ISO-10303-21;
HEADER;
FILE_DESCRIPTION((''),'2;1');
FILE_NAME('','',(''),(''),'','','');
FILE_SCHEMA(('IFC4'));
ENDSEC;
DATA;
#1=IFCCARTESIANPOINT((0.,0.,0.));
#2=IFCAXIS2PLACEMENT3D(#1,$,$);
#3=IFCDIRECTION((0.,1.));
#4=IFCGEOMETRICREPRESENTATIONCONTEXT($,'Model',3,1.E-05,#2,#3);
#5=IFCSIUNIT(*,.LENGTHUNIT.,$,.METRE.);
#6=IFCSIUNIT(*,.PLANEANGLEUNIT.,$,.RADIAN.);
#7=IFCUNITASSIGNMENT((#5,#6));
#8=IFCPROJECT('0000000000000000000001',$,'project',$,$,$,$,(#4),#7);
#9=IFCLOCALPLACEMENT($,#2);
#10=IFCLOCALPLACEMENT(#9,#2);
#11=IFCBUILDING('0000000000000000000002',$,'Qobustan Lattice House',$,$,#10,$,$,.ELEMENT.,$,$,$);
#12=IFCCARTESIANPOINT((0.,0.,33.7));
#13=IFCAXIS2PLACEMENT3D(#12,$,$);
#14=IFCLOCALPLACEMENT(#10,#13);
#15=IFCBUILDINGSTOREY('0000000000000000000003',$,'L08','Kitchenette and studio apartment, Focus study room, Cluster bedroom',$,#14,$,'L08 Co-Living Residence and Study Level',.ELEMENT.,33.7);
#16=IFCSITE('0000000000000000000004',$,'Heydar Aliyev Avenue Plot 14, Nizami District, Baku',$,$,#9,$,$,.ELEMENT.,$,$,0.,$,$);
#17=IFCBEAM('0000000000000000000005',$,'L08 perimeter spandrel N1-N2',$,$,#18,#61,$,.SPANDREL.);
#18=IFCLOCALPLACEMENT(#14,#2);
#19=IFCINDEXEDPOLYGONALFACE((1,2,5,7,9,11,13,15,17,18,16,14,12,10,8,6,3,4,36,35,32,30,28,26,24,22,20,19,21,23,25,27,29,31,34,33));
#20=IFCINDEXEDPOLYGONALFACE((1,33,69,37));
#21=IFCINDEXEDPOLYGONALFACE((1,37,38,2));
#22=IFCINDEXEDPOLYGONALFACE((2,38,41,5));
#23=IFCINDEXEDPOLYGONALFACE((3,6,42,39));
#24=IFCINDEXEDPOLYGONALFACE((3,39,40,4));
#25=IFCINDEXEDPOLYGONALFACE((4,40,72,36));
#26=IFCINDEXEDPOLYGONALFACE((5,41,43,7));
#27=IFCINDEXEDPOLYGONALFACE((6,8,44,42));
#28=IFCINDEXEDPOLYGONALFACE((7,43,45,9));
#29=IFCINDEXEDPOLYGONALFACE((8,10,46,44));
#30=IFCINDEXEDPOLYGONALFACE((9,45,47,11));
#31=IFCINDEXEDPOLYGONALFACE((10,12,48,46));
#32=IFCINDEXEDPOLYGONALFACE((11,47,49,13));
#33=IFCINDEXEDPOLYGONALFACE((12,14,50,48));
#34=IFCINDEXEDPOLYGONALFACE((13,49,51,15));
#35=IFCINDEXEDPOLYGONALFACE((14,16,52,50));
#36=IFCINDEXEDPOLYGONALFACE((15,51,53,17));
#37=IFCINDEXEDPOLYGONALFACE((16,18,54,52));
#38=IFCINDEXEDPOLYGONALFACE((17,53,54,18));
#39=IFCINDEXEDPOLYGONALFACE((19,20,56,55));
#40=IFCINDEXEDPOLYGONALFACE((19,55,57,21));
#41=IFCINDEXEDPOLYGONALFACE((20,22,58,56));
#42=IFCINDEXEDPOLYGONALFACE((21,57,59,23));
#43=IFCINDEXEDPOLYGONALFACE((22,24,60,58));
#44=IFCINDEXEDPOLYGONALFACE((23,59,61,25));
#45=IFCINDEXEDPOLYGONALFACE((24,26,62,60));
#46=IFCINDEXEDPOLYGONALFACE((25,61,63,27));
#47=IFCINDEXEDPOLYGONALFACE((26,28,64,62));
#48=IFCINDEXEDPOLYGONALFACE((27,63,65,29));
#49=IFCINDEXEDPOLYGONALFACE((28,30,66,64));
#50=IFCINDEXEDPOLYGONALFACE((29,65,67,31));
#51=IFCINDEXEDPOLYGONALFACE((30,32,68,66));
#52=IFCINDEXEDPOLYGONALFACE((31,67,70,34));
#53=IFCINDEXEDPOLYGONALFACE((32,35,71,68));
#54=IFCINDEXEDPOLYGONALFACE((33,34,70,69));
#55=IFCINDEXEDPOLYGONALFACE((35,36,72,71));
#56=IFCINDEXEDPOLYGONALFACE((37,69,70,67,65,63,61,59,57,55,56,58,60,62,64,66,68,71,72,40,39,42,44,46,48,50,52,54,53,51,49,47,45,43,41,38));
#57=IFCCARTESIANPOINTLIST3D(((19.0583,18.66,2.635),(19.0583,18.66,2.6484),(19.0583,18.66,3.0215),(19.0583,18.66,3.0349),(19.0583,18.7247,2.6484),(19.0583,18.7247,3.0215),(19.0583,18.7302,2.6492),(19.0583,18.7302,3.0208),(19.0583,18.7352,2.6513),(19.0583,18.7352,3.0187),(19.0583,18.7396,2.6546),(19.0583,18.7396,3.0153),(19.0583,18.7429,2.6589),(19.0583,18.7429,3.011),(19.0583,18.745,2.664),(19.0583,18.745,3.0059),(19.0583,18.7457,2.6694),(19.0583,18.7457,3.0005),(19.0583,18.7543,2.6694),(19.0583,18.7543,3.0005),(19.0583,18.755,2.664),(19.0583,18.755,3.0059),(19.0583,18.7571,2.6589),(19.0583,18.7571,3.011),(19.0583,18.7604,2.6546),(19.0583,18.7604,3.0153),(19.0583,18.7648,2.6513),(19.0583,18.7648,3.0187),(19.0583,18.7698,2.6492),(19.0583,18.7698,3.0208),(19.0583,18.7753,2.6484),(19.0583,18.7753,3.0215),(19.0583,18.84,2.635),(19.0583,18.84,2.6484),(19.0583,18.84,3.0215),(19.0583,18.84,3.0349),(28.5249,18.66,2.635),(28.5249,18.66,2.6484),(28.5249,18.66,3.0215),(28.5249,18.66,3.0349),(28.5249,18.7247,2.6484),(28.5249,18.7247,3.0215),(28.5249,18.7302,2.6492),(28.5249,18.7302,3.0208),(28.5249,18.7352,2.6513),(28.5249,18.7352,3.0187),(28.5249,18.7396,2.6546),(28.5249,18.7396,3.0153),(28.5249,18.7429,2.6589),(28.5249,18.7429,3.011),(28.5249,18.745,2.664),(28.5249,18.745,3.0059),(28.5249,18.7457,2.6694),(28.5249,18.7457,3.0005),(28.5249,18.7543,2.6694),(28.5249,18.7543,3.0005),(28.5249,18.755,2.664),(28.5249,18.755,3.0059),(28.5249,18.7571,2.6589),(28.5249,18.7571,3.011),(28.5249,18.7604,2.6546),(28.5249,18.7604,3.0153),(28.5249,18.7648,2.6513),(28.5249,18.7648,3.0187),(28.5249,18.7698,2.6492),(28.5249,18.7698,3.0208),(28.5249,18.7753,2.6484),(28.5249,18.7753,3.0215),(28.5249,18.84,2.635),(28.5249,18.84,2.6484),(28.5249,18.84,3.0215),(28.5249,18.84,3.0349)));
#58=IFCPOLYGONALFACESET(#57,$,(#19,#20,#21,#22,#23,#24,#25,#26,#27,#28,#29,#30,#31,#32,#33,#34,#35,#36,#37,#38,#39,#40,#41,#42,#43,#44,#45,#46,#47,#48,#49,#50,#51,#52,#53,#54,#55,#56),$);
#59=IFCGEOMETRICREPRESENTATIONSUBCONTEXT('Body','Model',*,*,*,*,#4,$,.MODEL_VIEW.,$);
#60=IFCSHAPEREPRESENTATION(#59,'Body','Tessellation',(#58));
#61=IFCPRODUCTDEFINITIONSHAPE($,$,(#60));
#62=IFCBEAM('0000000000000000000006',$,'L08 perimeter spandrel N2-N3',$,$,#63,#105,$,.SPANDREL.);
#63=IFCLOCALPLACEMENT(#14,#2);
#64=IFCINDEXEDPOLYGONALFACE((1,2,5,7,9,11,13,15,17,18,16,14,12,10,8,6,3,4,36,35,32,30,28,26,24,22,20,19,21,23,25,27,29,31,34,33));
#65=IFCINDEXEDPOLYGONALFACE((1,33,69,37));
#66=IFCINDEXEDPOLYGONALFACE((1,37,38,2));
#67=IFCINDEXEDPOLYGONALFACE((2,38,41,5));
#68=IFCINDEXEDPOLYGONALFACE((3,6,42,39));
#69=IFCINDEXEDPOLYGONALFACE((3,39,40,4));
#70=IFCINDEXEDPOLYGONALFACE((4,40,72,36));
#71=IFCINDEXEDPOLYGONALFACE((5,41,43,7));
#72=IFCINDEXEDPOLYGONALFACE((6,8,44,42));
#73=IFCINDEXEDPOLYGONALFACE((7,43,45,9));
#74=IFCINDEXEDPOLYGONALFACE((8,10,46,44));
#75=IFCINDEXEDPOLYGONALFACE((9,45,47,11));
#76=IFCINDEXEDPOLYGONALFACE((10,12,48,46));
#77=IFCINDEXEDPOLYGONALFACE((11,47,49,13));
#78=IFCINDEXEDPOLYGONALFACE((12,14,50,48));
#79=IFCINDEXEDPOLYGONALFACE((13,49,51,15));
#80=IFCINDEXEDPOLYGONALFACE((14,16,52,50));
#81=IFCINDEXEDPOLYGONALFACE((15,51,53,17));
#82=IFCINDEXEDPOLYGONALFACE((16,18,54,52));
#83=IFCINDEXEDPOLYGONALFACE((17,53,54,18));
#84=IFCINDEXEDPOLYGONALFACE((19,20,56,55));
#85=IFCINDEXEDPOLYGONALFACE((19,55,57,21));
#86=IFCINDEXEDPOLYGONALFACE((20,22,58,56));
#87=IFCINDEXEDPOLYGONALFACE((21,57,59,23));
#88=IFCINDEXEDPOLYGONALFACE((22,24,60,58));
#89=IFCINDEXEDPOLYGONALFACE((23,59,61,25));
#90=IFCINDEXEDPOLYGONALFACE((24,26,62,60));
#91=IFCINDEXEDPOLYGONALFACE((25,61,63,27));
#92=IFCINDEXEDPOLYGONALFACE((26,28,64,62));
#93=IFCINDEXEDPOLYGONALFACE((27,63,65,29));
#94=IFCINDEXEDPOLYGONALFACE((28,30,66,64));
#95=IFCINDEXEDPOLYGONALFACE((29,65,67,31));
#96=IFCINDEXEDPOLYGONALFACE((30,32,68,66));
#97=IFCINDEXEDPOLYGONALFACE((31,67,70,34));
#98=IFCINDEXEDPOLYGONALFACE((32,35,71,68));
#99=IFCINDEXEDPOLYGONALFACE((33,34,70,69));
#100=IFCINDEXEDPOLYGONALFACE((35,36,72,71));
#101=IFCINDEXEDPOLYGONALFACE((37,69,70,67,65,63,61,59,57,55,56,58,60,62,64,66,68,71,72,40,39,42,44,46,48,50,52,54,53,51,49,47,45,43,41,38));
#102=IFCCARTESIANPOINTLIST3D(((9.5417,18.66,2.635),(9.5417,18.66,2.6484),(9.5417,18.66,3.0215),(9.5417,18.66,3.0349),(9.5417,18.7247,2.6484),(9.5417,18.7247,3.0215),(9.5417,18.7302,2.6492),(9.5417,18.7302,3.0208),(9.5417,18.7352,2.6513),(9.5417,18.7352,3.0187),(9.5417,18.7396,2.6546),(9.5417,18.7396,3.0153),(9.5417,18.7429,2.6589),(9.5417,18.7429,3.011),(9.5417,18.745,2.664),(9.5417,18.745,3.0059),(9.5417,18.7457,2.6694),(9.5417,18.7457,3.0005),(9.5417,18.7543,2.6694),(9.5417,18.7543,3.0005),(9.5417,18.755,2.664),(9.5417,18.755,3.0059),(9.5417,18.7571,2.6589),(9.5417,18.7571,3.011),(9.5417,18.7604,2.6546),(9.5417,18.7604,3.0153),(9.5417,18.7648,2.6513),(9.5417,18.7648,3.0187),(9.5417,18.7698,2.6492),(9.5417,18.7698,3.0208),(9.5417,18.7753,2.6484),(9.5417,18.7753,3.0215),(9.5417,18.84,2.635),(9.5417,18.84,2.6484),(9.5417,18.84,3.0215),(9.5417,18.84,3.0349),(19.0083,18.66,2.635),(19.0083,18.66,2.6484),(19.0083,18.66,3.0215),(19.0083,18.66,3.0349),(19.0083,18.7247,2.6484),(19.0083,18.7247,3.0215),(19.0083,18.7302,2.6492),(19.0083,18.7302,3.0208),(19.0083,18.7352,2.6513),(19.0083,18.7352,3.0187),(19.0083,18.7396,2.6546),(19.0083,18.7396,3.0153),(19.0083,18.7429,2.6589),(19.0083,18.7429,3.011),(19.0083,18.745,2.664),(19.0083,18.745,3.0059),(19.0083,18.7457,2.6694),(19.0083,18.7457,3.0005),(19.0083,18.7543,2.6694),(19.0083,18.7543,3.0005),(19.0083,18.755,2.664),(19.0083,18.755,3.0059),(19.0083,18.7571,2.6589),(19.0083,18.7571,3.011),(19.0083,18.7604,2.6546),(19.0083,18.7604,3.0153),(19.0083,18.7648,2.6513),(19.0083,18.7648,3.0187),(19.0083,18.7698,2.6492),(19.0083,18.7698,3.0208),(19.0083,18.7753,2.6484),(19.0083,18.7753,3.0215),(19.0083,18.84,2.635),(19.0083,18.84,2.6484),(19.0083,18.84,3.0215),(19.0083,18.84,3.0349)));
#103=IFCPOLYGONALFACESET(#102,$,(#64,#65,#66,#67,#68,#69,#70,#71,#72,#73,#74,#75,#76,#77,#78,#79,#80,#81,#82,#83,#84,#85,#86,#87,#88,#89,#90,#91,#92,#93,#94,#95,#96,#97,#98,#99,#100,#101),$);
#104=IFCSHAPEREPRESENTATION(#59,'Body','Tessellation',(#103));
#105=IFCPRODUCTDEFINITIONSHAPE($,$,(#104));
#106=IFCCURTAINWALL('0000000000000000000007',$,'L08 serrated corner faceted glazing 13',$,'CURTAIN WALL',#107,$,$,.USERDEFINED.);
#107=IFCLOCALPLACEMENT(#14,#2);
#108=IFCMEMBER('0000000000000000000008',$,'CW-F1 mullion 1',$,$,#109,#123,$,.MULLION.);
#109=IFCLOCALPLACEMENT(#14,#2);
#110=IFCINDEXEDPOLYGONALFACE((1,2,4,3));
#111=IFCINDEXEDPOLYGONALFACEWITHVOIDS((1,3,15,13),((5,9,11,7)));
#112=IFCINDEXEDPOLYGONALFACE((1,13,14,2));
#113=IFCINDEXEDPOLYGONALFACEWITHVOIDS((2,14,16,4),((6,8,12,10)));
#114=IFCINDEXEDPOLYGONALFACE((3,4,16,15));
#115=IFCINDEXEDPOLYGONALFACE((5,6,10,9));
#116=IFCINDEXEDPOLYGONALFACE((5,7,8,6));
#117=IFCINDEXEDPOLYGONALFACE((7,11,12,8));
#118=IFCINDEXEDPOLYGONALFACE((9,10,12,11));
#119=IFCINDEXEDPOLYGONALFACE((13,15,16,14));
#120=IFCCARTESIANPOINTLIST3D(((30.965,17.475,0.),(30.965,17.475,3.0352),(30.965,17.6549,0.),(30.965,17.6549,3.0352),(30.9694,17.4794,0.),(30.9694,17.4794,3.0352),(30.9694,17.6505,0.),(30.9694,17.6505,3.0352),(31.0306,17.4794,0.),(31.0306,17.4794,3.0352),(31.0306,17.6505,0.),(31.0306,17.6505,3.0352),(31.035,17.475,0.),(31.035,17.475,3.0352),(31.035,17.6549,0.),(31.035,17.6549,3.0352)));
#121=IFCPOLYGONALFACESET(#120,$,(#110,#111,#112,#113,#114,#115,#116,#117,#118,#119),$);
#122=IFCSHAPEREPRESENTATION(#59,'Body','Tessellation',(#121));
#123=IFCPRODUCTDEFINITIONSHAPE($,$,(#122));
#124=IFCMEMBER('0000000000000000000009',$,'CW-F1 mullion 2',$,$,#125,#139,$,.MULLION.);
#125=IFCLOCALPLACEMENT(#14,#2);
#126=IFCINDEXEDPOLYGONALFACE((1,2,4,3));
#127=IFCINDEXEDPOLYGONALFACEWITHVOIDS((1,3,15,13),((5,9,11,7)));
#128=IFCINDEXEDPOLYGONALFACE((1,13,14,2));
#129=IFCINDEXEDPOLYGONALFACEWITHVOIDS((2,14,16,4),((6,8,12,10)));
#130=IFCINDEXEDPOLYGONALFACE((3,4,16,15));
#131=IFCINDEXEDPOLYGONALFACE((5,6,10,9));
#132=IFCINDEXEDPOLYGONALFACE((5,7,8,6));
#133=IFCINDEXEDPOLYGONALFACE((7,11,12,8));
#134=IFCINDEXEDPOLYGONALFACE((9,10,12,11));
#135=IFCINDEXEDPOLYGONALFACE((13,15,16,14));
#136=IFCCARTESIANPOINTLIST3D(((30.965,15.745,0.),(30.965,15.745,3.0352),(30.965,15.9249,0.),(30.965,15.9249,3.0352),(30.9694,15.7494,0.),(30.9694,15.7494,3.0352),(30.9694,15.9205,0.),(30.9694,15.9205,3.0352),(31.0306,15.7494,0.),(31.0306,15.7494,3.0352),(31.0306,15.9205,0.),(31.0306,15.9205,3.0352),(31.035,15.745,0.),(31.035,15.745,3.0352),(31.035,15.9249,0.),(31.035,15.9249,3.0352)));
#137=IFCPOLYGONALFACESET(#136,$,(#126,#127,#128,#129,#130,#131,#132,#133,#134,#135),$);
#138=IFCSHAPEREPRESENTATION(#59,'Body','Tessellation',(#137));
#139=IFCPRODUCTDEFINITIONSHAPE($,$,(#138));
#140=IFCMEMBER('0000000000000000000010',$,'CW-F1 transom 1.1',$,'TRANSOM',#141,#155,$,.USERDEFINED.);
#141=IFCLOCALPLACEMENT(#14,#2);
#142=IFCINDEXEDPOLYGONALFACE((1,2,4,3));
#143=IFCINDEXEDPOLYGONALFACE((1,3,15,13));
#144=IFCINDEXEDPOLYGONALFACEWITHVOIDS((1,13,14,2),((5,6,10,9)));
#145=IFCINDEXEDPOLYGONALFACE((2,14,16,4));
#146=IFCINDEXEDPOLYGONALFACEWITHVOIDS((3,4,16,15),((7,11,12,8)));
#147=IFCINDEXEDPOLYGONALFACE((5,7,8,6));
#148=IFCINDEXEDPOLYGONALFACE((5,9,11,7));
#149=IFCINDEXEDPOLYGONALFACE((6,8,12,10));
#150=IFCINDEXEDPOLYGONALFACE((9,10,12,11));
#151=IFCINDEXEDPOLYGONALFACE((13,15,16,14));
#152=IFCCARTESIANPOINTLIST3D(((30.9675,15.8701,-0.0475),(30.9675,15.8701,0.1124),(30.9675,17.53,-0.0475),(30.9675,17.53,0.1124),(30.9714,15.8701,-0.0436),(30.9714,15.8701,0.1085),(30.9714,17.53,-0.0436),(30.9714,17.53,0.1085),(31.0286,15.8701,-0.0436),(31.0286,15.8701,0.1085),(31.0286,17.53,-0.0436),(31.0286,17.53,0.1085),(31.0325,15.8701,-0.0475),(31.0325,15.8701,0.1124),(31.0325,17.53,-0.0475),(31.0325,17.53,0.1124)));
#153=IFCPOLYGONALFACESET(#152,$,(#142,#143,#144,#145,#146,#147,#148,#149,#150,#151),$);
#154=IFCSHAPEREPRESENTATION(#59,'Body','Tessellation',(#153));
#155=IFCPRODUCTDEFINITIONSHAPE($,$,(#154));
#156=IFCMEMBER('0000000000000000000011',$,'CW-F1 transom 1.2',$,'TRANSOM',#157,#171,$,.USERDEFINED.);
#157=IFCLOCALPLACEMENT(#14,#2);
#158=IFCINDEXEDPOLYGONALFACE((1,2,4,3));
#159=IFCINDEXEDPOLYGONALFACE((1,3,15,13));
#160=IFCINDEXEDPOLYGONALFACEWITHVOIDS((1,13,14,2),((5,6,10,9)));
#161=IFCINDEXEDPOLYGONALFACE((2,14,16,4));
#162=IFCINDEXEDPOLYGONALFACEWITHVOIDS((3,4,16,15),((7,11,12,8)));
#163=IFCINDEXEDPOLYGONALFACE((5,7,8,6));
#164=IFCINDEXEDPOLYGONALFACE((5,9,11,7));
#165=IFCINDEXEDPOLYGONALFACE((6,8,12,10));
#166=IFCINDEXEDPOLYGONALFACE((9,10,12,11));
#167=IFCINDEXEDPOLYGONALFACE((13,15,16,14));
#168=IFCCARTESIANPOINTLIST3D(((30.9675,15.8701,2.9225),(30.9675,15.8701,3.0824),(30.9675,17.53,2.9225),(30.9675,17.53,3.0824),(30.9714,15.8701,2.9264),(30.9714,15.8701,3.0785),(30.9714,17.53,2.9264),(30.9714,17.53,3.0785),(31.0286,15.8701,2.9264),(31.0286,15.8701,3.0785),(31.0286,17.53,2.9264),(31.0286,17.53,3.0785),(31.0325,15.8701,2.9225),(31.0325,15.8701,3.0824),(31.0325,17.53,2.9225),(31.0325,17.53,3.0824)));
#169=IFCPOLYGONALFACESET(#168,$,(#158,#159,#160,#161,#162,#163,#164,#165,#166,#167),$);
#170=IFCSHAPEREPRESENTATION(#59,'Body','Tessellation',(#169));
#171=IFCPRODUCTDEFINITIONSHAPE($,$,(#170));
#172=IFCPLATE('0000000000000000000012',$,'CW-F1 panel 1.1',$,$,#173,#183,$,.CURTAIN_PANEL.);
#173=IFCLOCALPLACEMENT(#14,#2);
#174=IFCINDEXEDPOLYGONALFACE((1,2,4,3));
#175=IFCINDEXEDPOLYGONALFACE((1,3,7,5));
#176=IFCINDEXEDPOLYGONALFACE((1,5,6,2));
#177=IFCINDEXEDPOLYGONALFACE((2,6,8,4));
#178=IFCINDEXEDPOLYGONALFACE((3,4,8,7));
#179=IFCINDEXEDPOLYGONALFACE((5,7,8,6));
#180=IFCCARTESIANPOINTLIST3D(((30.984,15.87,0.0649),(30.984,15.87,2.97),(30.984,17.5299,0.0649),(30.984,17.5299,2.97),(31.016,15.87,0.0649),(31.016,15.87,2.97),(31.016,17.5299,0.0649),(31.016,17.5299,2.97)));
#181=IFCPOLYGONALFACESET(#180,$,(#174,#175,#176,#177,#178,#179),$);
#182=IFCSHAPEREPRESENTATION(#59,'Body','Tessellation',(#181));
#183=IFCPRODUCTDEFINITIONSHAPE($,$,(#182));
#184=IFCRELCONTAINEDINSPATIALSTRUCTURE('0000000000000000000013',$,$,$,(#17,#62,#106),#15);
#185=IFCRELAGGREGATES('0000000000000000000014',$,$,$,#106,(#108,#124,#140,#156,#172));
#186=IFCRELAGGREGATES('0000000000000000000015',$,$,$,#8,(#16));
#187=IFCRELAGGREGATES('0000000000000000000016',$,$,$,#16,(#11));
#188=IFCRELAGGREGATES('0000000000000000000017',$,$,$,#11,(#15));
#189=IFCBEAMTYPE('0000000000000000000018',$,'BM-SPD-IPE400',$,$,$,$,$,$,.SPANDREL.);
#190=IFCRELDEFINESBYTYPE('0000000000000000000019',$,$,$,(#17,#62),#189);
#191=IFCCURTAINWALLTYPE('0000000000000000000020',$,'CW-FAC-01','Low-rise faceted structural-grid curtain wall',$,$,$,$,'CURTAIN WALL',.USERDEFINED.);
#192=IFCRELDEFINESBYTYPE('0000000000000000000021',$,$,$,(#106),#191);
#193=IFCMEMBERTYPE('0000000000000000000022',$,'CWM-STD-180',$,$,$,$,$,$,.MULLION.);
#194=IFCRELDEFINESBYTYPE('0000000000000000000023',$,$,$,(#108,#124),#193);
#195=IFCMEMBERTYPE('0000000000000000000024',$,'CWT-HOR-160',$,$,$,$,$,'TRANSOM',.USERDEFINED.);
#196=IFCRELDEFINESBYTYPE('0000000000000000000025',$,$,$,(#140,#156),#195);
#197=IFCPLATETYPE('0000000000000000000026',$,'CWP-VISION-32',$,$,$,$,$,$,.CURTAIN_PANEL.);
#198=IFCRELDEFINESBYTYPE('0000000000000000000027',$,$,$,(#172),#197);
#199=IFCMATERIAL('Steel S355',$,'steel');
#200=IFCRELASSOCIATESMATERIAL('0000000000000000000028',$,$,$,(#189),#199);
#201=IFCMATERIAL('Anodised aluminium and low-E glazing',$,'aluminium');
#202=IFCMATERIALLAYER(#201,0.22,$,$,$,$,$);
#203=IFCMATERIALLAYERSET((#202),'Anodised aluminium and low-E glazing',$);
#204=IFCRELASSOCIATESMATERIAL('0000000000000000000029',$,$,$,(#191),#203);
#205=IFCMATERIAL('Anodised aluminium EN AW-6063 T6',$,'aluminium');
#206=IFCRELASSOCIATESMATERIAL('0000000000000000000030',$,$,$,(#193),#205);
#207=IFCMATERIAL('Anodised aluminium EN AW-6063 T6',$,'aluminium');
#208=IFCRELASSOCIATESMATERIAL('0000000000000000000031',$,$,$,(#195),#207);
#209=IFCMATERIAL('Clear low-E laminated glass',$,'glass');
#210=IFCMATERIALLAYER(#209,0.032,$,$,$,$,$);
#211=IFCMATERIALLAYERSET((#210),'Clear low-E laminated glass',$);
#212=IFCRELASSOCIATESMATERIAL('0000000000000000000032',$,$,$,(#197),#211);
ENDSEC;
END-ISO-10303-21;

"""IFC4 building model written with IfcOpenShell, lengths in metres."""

from ifc_helpers import new_model, si_unit, direction, frame, origin, origin_2d, place, context, subcontext, project, spatial, rectangle, hollow_rectangle, i_section, extrude, material, layer, layer_set, material_profile, profile_set, type_object, element, aggregate, save


model = new_model("IFC4")

# Units and contexts
model_context = context("Model", 3, precision=1e-05, world=origin(), true_north=direction((0.0, 1.0)))
body_context = subcontext(model_context, "Body", "Model", "MODEL_VIEW")
ifc_project = project(units=[si_unit("LENGTHUNIT", "METRE"), si_unit("PLANEANGLEUNIT", "RADIAN")], contexts=[model_context])

# Site, building, storey
site_placement = place(None, origin())
site = spatial("IfcSite", under=ifc_project, at=site_placement, Name="Heydar Aliyev Avenue Plot 14, Nizami District, Baku", CompositionType="ELEMENT", RefElevation=0.0)
building_placement = place(site_placement, origin())
building = spatial("IfcBuilding", under=site, at=building_placement, Name="Qobustan Lattice House", CompositionType="ELEMENT")
storey_placement = place(building_placement, frame((0.0, 0.0, 33.7)))
storey = spatial("IfcBuildingStorey", under=building, at=storey_placement, Name="L08", Description="Kitchenette and studio apartment, Focus study room, Cluster bedroom", LongName="L08 Co-Living Residence and Study Level", CompositionType="ELEMENT", Elevation=33.7)

# Beams
ifc_material_1 = material(Name="Steel S355", Category="steel")
ifc_material_profile_1 = material_profile(ifc_material_1, i_section(OverallWidth=0.1799, OverallDepth=0.3999, WebThickness=0.0085, FlangeThickness=0.0134, FilletRadius=0.021, at=origin_2d()), Name="IPE400")
ifc_profile_set_1 = profile_set([ifc_material_profile_1], Name="Steel S355")
beam_type_1 = type_object("IfcBeamType", Name="BM-SPD-IPE400", PredefinedType="SPANDREL", material=ifc_profile_set_1)
for number, where, z_axis, x_axis, name in (
    (1, (28.5249, 18.75, 2.835), (-1.0, 0.0, 0.0), (0.0, -1.0, 0.0), "L08 perimeter spandrel N1-N2"),
    (2, (19.0083, 18.75, 2.835), (-1.0, 0.0, 0.0), (0.0, -1.0, 0.0), "L08 perimeter spandrel N2-N3"),
):
    element("IfcBeam", number, at=place(storey_placement, frame(where, z_axis=z_axis, x_axis=x_axis)), inside=storey, type_object=beam_type_1, Name=name, PredefinedType="SPANDREL", context=body_context, shape_type="SweptSolid", body=[
        extrude(i_section(OverallWidth=0.1799, OverallDepth=0.3999, WebThickness=0.0085, FlangeThickness=0.0134, FilletRadius=0.021, at=origin_2d()), origin(), (0.0, 0.0, 1.0), 9.4666),
    ])

# Curtain wall, members, plate
ifc_material_2 = material(Name="Anodised aluminium and low-E glazing", Category="aluminium")
ifc_layer_1 = layer(ifc_material_2, 0.22)
ifc_layer_set_1 = layer_set([ifc_layer_1], Name="Anodised aluminium and low-E glazing")
curtain_wall_type = type_object("IfcCurtainWallType", Name="CW-FAC-01", Description="Low-rise faceted structural-grid curtain wall", ElementType="CURTAIN WALL", PredefinedType="USERDEFINED", material=ifc_layer_set_1)
curtain_wall_placement = place(storey_placement, origin())
curtain_wall = element("IfcCurtainWall", 3, at=curtain_wall_placement, inside=storey, type_object=curtain_wall_type, Name="L08 serrated corner faceted glazing 13", ObjectType="CURTAIN WALL", PredefinedType="USERDEFINED")
ifc_material_3 = material(Name="Anodised aluminium EN AW-6063 T6", Category="aluminium")
ifc_material_profile_2 = material_profile(ifc_material_3, hollow_rectangle(XDim=0.0701, YDim=0.1799, WallThickness=0.0044, at=origin_2d()), Name="CWM-180x70")
ifc_profile_set_2 = profile_set([ifc_material_profile_2], Name="Anodised aluminium EN AW-6063 T6")
member_type_1 = type_object("IfcMemberType", Name="CWM-STD-180", PredefinedType="MULLION", material=ifc_profile_set_2)
member_1_placement = place(storey_placement, frame((31.0, 17.5649, 0.0), z_axis=(0.0, 0.0, 1.0), x_axis=(1.0, 0.0, 0.0)))
member_1 = element("IfcMember", 4, at=member_1_placement, type_object=member_type_1, Name="CW-F1 mullion 1", PredefinedType="MULLION", context=body_context, shape_type="SweptSolid", body=[
    extrude(hollow_rectangle(XDim=0.0701, YDim=0.1799, WallThickness=0.0044, at=origin_2d()), origin(), (0.0, 0.0, 1.0), 3.0352),
])
member_2_placement = place(storey_placement, frame((31.0, 15.835, 0.0), z_axis=(0.0, 0.0, 1.0), x_axis=(1.0, 0.0, 0.0)))
member_2 = element("IfcMember", 5, at=member_2_placement, type_object=member_type_1, Name="CW-F1 mullion 2", PredefinedType="MULLION", context=body_context, shape_type="SweptSolid", body=[
    extrude(hollow_rectangle(XDim=0.0701, YDim=0.1799, WallThickness=0.0044, at=origin_2d()), origin(), (0.0, 0.0, 1.0), 3.0352),
])
ifc_material_4 = material(Name="Anodised aluminium EN AW-6063 T6", Category="aluminium")
ifc_material_profile_3 = material_profile(ifc_material_4, hollow_rectangle(XDim=0.0649, YDim=0.1599, WallThickness=0.0039, at=origin_2d()), Name="CWT-160x65")
ifc_profile_set_3 = profile_set([ifc_material_profile_3], Name="Anodised aluminium EN AW-6063 T6")
member_type_2 = type_object("IfcMemberType", Name="CWT-HOR-160", ElementType="TRANSOM", PredefinedType="USERDEFINED", material=ifc_profile_set_3)
member_3_placement = place(storey_placement, frame((31.0, 17.53, 0.0325), z_axis=(0.0, -1.0, 0.0), x_axis=(1.0, 0.0, 0.0)))
member_3 = element("IfcMember", 6, at=member_3_placement, type_object=member_type_2, Name="CW-F1 transom 1.1", ObjectType="TRANSOM", PredefinedType="USERDEFINED", context=body_context, shape_type="SweptSolid", body=[
    extrude(hollow_rectangle(XDim=0.0649, YDim=0.1599, WallThickness=0.0039, at=origin_2d()), origin(), (0.0, 0.0, 1.0), 1.6599),
])
member_4_placement = place(storey_placement, frame((31.0, 17.53, 3.0024), z_axis=(0.0, -1.0, 0.0), x_axis=(1.0, 0.0, 0.0)))
member_4 = element("IfcMember", 7, at=member_4_placement, type_object=member_type_2, Name="CW-F1 transom 1.2", ObjectType="TRANSOM", PredefinedType="USERDEFINED", context=body_context, shape_type="SweptSolid", body=[
    extrude(hollow_rectangle(XDim=0.0649, YDim=0.1599, WallThickness=0.0039, at=origin_2d()), origin(), (0.0, 0.0, 1.0), 1.6599),
])
ifc_material_5 = material(Name="Clear low-E laminated glass", Category="glass")
ifc_layer_2 = layer(ifc_material_5, 0.032)
ifc_layer_set_2 = layer_set([ifc_layer_2], Name="Clear low-E laminated glass")
plate_type = type_object("IfcPlateType", Name="CWP-VISION-32", PredefinedType="CURTAIN_PANEL", material=ifc_layer_set_2)
plate_placement = place(storey_placement, frame((31.0, 16.7, 0.0649), z_axis=(0.0, 0.0, 1.0), x_axis=(0.0, -1.0, 0.0)))
plate = element("IfcPlate", 8, at=plate_placement, type_object=plate_type, Name="CW-F1 panel 1.1", PredefinedType="CURTAIN_PANEL", context=body_context, shape_type="SweptSolid", body=[
    extrude(rectangle(XDim=1.6599, YDim=0.032, at=origin_2d()), origin(), (0.0, 0.0, 1.0), 2.905),
])
aggregate(curtain_wall, [member_1, member_2, member_3, member_4, plate])

save(model, "model.ifc")
